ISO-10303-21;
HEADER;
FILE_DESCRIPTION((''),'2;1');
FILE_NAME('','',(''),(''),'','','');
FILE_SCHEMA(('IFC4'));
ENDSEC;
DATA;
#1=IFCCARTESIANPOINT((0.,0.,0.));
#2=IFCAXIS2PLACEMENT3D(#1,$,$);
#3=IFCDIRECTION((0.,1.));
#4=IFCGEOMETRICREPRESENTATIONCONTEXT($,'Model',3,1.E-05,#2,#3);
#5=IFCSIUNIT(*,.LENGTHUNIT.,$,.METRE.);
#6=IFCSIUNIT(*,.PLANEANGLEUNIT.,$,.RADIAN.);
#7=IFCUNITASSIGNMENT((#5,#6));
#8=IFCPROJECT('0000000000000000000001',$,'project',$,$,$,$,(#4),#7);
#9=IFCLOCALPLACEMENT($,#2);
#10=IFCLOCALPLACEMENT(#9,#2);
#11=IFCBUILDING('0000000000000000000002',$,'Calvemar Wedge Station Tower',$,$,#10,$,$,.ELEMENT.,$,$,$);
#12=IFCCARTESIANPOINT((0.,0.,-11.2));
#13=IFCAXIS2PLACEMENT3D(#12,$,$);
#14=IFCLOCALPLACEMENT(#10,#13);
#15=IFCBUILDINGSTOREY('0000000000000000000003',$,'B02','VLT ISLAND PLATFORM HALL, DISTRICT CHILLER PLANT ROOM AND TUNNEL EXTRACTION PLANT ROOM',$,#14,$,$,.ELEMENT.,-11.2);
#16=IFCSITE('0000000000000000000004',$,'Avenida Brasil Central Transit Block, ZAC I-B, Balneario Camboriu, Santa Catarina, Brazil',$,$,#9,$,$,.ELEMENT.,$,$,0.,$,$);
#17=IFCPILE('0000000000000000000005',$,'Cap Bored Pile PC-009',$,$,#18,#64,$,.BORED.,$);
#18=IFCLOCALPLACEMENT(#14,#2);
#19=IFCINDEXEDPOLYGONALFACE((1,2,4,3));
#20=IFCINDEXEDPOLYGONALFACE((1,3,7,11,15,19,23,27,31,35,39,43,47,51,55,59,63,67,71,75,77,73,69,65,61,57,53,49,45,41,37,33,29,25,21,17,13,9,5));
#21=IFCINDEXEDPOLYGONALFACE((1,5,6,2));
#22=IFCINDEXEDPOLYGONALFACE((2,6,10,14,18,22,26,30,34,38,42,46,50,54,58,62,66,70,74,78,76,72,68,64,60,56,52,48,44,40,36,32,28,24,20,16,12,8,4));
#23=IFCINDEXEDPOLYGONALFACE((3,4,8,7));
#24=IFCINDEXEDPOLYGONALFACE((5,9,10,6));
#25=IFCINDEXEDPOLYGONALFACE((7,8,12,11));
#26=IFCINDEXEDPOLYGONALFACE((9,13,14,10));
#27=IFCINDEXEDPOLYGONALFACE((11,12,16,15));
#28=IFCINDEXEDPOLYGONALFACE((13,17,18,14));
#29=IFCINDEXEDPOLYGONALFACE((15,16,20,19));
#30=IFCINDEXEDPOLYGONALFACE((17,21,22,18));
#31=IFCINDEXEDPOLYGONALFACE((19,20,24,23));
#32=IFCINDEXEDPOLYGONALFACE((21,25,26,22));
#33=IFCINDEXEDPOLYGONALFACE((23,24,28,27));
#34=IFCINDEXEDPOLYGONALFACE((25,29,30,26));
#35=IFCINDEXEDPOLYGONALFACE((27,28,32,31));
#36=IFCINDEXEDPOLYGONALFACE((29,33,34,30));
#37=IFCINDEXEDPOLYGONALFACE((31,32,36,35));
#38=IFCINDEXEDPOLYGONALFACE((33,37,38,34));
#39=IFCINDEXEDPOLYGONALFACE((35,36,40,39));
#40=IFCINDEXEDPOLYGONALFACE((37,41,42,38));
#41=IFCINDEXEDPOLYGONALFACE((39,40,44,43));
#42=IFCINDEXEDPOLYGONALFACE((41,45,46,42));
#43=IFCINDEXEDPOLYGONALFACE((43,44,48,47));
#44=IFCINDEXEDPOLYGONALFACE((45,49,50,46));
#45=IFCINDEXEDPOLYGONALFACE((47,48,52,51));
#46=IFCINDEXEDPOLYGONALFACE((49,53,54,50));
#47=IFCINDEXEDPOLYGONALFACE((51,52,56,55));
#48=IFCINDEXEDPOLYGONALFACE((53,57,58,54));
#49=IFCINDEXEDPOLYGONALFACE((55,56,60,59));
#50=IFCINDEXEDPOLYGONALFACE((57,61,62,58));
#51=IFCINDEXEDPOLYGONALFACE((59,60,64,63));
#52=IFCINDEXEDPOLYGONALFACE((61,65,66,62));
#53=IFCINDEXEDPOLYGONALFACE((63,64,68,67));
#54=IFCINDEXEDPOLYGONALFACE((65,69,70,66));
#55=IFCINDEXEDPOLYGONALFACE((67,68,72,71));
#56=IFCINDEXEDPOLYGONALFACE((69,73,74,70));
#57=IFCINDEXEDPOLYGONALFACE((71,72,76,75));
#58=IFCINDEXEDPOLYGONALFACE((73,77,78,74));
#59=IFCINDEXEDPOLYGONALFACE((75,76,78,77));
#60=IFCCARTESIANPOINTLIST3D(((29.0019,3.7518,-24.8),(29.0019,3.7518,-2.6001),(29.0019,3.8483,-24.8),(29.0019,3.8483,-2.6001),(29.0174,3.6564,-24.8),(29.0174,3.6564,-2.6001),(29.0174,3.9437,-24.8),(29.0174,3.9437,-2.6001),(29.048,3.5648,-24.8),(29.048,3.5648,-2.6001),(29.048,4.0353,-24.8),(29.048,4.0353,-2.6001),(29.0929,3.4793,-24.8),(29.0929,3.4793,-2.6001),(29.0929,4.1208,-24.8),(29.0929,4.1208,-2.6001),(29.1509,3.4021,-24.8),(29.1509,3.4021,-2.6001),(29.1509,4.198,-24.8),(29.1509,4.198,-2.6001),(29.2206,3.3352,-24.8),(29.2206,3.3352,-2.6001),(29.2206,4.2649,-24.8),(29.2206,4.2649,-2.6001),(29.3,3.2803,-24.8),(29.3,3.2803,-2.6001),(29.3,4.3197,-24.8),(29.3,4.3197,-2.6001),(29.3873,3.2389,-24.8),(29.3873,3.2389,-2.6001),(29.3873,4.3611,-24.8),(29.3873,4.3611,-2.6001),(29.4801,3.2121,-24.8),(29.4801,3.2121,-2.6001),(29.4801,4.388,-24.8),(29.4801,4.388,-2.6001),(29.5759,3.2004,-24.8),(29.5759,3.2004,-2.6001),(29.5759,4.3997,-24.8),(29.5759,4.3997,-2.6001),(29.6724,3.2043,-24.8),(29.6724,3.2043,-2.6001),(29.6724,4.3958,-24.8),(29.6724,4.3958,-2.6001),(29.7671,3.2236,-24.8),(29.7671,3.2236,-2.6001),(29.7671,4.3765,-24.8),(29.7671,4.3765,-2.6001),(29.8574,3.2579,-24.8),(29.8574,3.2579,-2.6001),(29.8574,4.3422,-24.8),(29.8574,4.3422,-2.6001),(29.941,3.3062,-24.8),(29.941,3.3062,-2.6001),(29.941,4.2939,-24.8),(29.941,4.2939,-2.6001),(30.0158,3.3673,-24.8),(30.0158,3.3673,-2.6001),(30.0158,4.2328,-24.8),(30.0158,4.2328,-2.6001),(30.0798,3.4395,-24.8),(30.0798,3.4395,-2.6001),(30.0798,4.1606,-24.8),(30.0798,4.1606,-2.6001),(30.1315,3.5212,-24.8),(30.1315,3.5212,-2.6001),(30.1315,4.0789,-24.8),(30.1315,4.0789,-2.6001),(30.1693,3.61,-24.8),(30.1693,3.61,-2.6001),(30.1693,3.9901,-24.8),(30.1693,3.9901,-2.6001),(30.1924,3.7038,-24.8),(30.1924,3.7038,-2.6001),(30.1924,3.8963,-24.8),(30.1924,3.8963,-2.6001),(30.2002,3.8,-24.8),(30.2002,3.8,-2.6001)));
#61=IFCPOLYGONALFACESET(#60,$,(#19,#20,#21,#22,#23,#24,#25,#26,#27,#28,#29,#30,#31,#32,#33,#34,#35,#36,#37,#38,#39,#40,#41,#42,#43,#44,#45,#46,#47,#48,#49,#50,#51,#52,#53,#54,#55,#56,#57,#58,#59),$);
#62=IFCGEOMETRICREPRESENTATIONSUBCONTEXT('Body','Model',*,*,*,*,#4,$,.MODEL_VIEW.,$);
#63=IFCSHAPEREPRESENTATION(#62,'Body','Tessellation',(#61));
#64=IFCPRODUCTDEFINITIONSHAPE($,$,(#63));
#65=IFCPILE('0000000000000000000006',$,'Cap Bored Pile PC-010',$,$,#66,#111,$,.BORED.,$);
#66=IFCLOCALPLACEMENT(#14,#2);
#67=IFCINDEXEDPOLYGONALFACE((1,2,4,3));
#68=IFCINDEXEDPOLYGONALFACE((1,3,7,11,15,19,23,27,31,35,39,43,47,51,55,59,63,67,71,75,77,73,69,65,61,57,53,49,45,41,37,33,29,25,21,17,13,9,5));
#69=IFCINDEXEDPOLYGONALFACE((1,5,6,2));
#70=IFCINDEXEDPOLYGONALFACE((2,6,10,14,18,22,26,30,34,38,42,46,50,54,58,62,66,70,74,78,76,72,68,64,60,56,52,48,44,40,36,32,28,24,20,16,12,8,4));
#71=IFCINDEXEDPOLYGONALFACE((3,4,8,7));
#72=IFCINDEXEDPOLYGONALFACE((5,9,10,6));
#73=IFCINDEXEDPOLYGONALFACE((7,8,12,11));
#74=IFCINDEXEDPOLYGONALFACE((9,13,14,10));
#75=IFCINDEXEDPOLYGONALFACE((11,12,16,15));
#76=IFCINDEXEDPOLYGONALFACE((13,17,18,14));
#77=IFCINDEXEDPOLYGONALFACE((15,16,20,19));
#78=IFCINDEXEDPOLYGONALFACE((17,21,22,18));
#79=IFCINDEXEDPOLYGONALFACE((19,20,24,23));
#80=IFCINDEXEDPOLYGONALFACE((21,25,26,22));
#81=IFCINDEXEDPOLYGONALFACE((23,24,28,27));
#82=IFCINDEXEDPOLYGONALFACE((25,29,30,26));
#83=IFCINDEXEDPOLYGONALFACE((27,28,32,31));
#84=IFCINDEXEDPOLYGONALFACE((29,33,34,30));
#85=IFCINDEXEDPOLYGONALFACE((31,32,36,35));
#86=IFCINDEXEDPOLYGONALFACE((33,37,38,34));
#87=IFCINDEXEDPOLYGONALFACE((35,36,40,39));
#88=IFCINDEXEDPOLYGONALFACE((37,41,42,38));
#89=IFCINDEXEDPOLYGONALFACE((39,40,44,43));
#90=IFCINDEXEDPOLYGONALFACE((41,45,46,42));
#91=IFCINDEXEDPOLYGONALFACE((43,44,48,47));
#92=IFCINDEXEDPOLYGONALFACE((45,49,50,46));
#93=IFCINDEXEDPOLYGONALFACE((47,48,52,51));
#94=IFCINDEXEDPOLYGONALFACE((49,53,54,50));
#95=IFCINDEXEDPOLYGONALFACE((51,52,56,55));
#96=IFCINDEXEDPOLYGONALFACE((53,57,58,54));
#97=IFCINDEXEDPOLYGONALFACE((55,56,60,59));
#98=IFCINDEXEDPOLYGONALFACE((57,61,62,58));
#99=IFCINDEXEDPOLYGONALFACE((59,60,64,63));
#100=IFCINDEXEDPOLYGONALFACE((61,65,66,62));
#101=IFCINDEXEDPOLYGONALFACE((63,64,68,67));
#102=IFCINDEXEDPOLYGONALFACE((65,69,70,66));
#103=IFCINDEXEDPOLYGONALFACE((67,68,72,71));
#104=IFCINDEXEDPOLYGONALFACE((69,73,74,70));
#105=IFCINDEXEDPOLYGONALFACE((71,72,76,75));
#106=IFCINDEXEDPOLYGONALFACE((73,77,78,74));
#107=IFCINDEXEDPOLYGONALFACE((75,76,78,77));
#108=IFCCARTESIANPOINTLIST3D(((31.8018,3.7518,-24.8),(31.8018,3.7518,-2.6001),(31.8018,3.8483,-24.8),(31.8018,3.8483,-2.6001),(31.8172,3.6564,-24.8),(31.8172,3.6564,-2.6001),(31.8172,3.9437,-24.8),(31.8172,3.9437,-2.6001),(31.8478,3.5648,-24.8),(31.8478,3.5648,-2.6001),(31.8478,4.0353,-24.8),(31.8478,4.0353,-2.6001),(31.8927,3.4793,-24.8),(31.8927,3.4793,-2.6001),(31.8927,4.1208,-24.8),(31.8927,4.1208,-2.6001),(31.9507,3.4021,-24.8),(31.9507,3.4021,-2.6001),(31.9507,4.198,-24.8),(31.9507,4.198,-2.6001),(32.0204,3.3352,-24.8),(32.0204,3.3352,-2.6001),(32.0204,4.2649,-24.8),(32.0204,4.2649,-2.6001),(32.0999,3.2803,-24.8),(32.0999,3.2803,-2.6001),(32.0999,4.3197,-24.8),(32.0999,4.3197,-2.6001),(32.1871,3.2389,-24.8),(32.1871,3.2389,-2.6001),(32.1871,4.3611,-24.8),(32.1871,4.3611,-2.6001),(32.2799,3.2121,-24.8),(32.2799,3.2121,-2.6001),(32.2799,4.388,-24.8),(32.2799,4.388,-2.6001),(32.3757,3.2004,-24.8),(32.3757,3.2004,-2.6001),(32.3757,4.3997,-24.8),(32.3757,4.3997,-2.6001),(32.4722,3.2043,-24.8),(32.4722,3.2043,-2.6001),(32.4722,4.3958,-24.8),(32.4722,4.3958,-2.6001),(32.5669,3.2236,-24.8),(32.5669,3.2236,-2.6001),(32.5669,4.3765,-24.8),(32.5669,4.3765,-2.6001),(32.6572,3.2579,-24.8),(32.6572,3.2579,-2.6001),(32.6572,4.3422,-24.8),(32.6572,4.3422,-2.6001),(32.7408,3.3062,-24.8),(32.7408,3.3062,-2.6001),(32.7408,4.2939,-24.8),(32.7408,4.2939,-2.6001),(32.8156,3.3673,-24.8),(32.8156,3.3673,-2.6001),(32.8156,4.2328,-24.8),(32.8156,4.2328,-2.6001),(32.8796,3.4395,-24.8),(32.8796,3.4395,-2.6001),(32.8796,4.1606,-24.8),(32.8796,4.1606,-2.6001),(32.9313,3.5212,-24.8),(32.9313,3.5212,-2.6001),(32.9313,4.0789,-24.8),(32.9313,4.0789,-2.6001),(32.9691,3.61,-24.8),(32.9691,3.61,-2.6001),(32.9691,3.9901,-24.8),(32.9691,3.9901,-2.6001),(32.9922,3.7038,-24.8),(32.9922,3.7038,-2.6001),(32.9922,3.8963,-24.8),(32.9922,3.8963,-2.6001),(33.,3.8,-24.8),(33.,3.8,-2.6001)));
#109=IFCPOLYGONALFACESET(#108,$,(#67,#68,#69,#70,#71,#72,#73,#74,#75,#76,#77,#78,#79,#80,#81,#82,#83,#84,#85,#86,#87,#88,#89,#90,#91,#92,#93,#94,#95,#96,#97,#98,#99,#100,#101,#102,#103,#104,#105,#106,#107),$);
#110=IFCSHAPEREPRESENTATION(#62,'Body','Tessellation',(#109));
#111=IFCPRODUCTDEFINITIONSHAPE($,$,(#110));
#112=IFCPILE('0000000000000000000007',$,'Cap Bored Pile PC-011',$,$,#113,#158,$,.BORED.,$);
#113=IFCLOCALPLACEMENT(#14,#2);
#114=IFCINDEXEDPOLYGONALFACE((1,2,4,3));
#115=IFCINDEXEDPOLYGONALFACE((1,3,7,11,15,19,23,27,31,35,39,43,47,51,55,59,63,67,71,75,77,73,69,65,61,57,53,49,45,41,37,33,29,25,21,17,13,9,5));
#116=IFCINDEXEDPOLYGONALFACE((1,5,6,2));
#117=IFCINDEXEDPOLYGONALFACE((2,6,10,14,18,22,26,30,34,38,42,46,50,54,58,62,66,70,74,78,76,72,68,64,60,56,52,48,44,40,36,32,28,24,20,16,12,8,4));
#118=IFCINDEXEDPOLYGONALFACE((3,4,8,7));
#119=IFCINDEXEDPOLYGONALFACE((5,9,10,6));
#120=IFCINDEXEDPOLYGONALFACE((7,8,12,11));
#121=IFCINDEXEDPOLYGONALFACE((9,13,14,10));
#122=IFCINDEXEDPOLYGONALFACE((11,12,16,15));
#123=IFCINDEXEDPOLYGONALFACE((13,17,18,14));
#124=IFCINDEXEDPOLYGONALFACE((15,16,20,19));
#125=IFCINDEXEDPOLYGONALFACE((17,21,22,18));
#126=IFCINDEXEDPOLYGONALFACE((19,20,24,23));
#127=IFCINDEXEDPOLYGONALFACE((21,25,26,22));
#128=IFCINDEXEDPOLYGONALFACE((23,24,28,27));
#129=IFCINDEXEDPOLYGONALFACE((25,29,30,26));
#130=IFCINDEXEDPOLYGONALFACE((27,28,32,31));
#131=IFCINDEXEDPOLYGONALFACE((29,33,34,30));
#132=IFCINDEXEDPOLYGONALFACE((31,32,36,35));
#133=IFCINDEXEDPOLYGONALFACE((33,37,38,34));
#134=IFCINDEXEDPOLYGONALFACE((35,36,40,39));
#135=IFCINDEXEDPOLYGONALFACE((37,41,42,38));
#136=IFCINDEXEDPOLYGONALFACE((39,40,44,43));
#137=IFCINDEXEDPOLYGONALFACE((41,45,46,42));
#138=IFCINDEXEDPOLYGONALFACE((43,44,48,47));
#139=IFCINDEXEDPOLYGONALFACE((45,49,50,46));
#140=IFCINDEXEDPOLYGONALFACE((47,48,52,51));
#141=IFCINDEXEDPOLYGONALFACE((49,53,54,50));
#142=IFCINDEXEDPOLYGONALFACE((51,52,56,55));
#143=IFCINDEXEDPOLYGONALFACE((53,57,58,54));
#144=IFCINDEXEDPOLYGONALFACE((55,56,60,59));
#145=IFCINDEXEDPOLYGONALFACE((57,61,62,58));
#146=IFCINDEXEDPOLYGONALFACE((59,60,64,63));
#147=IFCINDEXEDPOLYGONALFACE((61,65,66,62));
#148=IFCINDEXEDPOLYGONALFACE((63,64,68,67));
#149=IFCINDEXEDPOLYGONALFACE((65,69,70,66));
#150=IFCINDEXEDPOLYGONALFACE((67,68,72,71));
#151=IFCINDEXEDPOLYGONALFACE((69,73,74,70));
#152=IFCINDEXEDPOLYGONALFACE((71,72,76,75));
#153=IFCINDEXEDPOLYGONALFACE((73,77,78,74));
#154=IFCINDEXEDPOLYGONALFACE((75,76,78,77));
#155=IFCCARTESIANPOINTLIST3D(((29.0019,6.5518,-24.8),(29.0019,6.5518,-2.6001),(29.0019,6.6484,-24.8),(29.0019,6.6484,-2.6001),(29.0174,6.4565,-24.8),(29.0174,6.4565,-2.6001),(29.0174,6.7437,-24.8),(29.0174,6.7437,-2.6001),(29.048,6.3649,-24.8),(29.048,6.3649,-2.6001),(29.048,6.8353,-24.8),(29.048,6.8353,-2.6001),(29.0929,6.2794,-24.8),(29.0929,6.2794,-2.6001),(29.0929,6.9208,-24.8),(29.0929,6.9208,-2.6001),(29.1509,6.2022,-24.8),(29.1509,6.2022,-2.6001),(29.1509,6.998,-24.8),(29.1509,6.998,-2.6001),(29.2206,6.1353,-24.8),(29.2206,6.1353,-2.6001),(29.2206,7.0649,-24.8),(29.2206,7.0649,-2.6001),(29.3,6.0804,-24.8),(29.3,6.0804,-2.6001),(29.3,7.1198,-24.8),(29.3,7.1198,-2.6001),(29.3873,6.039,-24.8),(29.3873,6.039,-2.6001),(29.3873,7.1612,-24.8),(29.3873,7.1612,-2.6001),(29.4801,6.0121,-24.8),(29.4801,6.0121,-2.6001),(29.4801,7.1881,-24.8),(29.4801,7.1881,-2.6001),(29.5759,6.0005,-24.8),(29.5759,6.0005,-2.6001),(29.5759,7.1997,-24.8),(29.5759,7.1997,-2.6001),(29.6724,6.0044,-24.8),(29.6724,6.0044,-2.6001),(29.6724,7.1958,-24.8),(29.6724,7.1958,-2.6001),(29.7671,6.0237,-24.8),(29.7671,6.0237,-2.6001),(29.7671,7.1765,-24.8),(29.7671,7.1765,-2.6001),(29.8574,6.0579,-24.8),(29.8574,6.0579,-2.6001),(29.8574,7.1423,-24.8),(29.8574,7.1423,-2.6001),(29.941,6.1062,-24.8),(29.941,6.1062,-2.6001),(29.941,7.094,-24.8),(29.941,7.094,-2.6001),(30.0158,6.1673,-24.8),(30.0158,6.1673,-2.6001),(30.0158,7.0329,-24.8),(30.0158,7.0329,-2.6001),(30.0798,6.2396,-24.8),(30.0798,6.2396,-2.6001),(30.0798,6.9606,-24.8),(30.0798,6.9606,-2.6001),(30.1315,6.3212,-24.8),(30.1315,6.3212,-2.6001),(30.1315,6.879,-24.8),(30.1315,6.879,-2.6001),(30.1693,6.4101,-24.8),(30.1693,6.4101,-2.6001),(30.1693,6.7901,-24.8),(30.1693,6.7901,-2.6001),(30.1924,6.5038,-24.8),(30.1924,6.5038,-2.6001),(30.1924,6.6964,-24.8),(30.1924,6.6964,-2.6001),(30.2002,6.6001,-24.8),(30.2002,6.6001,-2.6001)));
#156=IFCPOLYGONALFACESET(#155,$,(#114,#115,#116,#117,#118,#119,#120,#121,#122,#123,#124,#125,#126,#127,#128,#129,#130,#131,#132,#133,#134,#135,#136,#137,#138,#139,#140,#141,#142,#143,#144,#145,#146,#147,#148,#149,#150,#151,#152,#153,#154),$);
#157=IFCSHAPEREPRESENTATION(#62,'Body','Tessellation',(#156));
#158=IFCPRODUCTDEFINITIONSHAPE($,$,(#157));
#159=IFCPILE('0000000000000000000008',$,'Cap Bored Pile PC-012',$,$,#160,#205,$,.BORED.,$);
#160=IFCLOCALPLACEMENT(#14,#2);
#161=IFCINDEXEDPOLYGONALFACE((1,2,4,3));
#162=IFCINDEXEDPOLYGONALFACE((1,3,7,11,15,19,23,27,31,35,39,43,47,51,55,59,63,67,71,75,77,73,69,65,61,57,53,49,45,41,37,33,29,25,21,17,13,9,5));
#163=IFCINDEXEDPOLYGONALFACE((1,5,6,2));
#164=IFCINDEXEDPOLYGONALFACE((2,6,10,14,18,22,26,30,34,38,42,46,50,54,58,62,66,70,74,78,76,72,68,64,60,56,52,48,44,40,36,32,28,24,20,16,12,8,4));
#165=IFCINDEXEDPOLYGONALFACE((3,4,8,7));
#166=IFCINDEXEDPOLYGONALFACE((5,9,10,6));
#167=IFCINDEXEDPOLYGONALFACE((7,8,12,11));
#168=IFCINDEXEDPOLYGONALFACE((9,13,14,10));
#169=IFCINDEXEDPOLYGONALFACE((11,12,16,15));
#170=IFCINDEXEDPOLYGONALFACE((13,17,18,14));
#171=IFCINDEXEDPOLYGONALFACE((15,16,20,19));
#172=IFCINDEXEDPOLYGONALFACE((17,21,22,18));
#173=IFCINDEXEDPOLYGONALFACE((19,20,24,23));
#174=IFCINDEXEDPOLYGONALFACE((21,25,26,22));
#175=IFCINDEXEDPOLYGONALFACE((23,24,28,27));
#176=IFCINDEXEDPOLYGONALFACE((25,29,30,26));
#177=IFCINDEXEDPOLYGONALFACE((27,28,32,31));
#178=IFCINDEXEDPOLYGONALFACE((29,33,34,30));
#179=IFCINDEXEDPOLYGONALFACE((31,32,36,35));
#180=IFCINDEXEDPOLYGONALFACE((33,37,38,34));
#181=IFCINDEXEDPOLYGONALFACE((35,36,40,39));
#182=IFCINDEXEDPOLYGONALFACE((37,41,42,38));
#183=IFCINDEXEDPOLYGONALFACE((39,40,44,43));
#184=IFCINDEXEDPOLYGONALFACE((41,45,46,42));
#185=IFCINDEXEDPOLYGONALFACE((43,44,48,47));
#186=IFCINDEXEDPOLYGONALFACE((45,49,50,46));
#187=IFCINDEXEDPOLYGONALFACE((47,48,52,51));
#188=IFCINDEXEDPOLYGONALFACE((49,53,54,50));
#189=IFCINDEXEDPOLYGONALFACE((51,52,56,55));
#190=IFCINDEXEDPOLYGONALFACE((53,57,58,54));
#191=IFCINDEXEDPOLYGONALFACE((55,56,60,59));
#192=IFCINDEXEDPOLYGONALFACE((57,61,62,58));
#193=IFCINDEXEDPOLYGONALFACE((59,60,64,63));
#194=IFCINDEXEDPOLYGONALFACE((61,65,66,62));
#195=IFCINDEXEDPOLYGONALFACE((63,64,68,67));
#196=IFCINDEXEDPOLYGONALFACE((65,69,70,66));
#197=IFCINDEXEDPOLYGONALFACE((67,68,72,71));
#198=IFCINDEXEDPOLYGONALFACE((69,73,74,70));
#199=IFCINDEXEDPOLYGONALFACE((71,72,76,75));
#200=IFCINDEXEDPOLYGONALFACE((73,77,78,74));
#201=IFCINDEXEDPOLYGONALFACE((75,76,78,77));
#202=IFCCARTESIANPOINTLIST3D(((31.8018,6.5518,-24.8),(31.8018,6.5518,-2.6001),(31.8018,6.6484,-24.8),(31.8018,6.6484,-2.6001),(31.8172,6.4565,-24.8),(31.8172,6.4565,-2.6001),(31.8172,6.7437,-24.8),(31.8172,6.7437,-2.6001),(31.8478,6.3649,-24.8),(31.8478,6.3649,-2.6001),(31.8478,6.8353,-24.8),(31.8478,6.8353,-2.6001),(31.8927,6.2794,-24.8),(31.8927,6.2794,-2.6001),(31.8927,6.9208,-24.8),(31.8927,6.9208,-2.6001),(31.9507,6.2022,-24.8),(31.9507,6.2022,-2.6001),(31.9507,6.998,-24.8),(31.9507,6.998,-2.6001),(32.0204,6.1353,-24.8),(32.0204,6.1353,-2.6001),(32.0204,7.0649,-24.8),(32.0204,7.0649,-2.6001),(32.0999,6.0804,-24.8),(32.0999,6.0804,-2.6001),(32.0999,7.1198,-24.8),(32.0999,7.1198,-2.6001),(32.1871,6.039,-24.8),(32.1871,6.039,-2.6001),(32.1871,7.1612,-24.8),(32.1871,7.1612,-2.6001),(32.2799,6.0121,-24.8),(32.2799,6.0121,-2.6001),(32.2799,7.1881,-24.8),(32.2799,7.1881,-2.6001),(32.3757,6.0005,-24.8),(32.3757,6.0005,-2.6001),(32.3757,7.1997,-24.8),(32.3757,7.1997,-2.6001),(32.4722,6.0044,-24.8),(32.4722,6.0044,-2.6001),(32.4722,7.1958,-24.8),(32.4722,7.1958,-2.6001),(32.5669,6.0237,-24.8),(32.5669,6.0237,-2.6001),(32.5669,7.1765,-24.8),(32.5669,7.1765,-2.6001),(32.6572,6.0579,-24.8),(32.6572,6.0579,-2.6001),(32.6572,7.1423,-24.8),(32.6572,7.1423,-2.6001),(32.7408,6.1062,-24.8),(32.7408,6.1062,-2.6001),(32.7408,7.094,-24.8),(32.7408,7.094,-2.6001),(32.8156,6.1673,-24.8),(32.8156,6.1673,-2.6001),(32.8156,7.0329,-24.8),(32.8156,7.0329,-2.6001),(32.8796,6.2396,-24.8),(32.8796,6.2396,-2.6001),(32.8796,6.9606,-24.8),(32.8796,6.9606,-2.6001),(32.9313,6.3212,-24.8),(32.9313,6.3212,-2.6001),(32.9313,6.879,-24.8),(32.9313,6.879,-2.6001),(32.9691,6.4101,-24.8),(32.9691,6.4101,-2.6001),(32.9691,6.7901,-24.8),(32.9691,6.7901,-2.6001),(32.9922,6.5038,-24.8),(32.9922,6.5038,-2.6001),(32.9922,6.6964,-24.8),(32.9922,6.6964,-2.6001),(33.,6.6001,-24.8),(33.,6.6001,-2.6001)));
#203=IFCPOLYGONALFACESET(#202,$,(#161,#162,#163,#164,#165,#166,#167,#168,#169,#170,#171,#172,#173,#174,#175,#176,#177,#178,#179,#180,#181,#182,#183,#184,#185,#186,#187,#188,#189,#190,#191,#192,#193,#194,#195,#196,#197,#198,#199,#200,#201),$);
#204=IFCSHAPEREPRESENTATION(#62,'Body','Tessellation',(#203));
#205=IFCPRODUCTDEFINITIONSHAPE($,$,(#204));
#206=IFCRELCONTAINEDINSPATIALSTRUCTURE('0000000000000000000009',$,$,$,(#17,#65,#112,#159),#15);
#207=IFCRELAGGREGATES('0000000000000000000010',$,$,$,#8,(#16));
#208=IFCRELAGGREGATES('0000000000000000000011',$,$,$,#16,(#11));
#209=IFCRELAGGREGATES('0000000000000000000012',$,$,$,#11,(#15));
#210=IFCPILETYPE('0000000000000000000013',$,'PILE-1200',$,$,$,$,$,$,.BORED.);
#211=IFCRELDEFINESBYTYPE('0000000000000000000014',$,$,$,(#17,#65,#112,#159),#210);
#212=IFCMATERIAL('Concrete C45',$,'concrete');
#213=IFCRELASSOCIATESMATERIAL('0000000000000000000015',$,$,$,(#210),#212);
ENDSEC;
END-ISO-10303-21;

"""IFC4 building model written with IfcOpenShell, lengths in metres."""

from ifc_helpers import new_model, si_unit, direction, frame, origin, origin_2d, place, context, subcontext, project, spatial, circle, extrude, material, material_profile, profile_set, type_object, element, save


model = new_model("IFC4")

# Units and contexts
model_context = context("Model", 3, precision=1e-05, world=origin(), true_north=direction((0.0, 1.0)))
body_context = subcontext(model_context, "Body", "Model", "MODEL_VIEW")
ifc_project = project(units=[si_unit("LENGTHUNIT", "METRE"), si_unit("PLANEANGLEUNIT", "RADIAN")], contexts=[model_context])

# Site, building, storey
site_placement = place(None, origin())
site = spatial("IfcSite", under=ifc_project, at=site_placement, Name="Avenida Brasil Central Transit Block, ZAC I-B, Balneario Camboriu, Santa Catarina, Brazil", CompositionType="ELEMENT", RefElevation=0.0)
building_placement = place(site_placement, origin())
building = spatial("IfcBuilding", under=site, at=building_placement, Name="Calvemar Wedge Station Tower", CompositionType="ELEMENT")
storey_placement = place(building_placement, frame((0.0, 0.0, -11.2)))
storey = spatial("IfcBuildingStorey", under=building, at=storey_placement, Name="B02", Description="VLT ISLAND PLATFORM HALL, DISTRICT CHILLER PLANT ROOM AND TUNNEL EXTRACTION PLANT ROOM", CompositionType="ELEMENT", Elevation=-11.2)

# Piles
ifc_material_1 = material(Name="Concrete C45", Category="concrete")
ifc_material_profile_1 = material_profile(ifc_material_1, circle(Radius=0.6001, at=origin_2d()), Name="PILE-D1200")
ifc_profile_set_1 = profile_set([ifc_material_profile_1], Name="Concrete C45")
pile_type = type_object("IfcPileType", Name="PILE-1200", PredefinedType="BORED", material=ifc_profile_set_1)
for number, where, z_axis, x_axis, name in (
    (1, (29.6001, 3.8, -2.6001), (0.0, 0.0, -1.0), (1.0, 0.0, 0.0), "Cap Bored Pile PC-009"),
    (2, (32.3999, 3.8, -2.6001), (0.0, 0.0, -1.0), (1.0, 0.0, 0.0), "Cap Bored Pile PC-010"),
    (3, (29.6001, 6.6001, -2.6001), (0.0, 0.0, -1.0), (1.0, 0.0, 0.0), "Cap Bored Pile PC-011"),
    (4, (32.3999, 6.6001, -2.6001), (0.0, 0.0, -1.0), (1.0, 0.0, 0.0), "Cap Bored Pile PC-012"),
):
    element("IfcPile", number, at=place(storey_placement, frame(where, z_axis=z_axis, x_axis=x_axis)), inside=storey, type_object=pile_type, Name=name, PredefinedType="BORED", context=body_context, shape_type="SweptSolid", body=[
        extrude(circle(Radius=0.6001, at=origin_2d()), origin(), (0.0, 0.0, 1.0), 22.2),
    ])

save(model, "model.ifc")
